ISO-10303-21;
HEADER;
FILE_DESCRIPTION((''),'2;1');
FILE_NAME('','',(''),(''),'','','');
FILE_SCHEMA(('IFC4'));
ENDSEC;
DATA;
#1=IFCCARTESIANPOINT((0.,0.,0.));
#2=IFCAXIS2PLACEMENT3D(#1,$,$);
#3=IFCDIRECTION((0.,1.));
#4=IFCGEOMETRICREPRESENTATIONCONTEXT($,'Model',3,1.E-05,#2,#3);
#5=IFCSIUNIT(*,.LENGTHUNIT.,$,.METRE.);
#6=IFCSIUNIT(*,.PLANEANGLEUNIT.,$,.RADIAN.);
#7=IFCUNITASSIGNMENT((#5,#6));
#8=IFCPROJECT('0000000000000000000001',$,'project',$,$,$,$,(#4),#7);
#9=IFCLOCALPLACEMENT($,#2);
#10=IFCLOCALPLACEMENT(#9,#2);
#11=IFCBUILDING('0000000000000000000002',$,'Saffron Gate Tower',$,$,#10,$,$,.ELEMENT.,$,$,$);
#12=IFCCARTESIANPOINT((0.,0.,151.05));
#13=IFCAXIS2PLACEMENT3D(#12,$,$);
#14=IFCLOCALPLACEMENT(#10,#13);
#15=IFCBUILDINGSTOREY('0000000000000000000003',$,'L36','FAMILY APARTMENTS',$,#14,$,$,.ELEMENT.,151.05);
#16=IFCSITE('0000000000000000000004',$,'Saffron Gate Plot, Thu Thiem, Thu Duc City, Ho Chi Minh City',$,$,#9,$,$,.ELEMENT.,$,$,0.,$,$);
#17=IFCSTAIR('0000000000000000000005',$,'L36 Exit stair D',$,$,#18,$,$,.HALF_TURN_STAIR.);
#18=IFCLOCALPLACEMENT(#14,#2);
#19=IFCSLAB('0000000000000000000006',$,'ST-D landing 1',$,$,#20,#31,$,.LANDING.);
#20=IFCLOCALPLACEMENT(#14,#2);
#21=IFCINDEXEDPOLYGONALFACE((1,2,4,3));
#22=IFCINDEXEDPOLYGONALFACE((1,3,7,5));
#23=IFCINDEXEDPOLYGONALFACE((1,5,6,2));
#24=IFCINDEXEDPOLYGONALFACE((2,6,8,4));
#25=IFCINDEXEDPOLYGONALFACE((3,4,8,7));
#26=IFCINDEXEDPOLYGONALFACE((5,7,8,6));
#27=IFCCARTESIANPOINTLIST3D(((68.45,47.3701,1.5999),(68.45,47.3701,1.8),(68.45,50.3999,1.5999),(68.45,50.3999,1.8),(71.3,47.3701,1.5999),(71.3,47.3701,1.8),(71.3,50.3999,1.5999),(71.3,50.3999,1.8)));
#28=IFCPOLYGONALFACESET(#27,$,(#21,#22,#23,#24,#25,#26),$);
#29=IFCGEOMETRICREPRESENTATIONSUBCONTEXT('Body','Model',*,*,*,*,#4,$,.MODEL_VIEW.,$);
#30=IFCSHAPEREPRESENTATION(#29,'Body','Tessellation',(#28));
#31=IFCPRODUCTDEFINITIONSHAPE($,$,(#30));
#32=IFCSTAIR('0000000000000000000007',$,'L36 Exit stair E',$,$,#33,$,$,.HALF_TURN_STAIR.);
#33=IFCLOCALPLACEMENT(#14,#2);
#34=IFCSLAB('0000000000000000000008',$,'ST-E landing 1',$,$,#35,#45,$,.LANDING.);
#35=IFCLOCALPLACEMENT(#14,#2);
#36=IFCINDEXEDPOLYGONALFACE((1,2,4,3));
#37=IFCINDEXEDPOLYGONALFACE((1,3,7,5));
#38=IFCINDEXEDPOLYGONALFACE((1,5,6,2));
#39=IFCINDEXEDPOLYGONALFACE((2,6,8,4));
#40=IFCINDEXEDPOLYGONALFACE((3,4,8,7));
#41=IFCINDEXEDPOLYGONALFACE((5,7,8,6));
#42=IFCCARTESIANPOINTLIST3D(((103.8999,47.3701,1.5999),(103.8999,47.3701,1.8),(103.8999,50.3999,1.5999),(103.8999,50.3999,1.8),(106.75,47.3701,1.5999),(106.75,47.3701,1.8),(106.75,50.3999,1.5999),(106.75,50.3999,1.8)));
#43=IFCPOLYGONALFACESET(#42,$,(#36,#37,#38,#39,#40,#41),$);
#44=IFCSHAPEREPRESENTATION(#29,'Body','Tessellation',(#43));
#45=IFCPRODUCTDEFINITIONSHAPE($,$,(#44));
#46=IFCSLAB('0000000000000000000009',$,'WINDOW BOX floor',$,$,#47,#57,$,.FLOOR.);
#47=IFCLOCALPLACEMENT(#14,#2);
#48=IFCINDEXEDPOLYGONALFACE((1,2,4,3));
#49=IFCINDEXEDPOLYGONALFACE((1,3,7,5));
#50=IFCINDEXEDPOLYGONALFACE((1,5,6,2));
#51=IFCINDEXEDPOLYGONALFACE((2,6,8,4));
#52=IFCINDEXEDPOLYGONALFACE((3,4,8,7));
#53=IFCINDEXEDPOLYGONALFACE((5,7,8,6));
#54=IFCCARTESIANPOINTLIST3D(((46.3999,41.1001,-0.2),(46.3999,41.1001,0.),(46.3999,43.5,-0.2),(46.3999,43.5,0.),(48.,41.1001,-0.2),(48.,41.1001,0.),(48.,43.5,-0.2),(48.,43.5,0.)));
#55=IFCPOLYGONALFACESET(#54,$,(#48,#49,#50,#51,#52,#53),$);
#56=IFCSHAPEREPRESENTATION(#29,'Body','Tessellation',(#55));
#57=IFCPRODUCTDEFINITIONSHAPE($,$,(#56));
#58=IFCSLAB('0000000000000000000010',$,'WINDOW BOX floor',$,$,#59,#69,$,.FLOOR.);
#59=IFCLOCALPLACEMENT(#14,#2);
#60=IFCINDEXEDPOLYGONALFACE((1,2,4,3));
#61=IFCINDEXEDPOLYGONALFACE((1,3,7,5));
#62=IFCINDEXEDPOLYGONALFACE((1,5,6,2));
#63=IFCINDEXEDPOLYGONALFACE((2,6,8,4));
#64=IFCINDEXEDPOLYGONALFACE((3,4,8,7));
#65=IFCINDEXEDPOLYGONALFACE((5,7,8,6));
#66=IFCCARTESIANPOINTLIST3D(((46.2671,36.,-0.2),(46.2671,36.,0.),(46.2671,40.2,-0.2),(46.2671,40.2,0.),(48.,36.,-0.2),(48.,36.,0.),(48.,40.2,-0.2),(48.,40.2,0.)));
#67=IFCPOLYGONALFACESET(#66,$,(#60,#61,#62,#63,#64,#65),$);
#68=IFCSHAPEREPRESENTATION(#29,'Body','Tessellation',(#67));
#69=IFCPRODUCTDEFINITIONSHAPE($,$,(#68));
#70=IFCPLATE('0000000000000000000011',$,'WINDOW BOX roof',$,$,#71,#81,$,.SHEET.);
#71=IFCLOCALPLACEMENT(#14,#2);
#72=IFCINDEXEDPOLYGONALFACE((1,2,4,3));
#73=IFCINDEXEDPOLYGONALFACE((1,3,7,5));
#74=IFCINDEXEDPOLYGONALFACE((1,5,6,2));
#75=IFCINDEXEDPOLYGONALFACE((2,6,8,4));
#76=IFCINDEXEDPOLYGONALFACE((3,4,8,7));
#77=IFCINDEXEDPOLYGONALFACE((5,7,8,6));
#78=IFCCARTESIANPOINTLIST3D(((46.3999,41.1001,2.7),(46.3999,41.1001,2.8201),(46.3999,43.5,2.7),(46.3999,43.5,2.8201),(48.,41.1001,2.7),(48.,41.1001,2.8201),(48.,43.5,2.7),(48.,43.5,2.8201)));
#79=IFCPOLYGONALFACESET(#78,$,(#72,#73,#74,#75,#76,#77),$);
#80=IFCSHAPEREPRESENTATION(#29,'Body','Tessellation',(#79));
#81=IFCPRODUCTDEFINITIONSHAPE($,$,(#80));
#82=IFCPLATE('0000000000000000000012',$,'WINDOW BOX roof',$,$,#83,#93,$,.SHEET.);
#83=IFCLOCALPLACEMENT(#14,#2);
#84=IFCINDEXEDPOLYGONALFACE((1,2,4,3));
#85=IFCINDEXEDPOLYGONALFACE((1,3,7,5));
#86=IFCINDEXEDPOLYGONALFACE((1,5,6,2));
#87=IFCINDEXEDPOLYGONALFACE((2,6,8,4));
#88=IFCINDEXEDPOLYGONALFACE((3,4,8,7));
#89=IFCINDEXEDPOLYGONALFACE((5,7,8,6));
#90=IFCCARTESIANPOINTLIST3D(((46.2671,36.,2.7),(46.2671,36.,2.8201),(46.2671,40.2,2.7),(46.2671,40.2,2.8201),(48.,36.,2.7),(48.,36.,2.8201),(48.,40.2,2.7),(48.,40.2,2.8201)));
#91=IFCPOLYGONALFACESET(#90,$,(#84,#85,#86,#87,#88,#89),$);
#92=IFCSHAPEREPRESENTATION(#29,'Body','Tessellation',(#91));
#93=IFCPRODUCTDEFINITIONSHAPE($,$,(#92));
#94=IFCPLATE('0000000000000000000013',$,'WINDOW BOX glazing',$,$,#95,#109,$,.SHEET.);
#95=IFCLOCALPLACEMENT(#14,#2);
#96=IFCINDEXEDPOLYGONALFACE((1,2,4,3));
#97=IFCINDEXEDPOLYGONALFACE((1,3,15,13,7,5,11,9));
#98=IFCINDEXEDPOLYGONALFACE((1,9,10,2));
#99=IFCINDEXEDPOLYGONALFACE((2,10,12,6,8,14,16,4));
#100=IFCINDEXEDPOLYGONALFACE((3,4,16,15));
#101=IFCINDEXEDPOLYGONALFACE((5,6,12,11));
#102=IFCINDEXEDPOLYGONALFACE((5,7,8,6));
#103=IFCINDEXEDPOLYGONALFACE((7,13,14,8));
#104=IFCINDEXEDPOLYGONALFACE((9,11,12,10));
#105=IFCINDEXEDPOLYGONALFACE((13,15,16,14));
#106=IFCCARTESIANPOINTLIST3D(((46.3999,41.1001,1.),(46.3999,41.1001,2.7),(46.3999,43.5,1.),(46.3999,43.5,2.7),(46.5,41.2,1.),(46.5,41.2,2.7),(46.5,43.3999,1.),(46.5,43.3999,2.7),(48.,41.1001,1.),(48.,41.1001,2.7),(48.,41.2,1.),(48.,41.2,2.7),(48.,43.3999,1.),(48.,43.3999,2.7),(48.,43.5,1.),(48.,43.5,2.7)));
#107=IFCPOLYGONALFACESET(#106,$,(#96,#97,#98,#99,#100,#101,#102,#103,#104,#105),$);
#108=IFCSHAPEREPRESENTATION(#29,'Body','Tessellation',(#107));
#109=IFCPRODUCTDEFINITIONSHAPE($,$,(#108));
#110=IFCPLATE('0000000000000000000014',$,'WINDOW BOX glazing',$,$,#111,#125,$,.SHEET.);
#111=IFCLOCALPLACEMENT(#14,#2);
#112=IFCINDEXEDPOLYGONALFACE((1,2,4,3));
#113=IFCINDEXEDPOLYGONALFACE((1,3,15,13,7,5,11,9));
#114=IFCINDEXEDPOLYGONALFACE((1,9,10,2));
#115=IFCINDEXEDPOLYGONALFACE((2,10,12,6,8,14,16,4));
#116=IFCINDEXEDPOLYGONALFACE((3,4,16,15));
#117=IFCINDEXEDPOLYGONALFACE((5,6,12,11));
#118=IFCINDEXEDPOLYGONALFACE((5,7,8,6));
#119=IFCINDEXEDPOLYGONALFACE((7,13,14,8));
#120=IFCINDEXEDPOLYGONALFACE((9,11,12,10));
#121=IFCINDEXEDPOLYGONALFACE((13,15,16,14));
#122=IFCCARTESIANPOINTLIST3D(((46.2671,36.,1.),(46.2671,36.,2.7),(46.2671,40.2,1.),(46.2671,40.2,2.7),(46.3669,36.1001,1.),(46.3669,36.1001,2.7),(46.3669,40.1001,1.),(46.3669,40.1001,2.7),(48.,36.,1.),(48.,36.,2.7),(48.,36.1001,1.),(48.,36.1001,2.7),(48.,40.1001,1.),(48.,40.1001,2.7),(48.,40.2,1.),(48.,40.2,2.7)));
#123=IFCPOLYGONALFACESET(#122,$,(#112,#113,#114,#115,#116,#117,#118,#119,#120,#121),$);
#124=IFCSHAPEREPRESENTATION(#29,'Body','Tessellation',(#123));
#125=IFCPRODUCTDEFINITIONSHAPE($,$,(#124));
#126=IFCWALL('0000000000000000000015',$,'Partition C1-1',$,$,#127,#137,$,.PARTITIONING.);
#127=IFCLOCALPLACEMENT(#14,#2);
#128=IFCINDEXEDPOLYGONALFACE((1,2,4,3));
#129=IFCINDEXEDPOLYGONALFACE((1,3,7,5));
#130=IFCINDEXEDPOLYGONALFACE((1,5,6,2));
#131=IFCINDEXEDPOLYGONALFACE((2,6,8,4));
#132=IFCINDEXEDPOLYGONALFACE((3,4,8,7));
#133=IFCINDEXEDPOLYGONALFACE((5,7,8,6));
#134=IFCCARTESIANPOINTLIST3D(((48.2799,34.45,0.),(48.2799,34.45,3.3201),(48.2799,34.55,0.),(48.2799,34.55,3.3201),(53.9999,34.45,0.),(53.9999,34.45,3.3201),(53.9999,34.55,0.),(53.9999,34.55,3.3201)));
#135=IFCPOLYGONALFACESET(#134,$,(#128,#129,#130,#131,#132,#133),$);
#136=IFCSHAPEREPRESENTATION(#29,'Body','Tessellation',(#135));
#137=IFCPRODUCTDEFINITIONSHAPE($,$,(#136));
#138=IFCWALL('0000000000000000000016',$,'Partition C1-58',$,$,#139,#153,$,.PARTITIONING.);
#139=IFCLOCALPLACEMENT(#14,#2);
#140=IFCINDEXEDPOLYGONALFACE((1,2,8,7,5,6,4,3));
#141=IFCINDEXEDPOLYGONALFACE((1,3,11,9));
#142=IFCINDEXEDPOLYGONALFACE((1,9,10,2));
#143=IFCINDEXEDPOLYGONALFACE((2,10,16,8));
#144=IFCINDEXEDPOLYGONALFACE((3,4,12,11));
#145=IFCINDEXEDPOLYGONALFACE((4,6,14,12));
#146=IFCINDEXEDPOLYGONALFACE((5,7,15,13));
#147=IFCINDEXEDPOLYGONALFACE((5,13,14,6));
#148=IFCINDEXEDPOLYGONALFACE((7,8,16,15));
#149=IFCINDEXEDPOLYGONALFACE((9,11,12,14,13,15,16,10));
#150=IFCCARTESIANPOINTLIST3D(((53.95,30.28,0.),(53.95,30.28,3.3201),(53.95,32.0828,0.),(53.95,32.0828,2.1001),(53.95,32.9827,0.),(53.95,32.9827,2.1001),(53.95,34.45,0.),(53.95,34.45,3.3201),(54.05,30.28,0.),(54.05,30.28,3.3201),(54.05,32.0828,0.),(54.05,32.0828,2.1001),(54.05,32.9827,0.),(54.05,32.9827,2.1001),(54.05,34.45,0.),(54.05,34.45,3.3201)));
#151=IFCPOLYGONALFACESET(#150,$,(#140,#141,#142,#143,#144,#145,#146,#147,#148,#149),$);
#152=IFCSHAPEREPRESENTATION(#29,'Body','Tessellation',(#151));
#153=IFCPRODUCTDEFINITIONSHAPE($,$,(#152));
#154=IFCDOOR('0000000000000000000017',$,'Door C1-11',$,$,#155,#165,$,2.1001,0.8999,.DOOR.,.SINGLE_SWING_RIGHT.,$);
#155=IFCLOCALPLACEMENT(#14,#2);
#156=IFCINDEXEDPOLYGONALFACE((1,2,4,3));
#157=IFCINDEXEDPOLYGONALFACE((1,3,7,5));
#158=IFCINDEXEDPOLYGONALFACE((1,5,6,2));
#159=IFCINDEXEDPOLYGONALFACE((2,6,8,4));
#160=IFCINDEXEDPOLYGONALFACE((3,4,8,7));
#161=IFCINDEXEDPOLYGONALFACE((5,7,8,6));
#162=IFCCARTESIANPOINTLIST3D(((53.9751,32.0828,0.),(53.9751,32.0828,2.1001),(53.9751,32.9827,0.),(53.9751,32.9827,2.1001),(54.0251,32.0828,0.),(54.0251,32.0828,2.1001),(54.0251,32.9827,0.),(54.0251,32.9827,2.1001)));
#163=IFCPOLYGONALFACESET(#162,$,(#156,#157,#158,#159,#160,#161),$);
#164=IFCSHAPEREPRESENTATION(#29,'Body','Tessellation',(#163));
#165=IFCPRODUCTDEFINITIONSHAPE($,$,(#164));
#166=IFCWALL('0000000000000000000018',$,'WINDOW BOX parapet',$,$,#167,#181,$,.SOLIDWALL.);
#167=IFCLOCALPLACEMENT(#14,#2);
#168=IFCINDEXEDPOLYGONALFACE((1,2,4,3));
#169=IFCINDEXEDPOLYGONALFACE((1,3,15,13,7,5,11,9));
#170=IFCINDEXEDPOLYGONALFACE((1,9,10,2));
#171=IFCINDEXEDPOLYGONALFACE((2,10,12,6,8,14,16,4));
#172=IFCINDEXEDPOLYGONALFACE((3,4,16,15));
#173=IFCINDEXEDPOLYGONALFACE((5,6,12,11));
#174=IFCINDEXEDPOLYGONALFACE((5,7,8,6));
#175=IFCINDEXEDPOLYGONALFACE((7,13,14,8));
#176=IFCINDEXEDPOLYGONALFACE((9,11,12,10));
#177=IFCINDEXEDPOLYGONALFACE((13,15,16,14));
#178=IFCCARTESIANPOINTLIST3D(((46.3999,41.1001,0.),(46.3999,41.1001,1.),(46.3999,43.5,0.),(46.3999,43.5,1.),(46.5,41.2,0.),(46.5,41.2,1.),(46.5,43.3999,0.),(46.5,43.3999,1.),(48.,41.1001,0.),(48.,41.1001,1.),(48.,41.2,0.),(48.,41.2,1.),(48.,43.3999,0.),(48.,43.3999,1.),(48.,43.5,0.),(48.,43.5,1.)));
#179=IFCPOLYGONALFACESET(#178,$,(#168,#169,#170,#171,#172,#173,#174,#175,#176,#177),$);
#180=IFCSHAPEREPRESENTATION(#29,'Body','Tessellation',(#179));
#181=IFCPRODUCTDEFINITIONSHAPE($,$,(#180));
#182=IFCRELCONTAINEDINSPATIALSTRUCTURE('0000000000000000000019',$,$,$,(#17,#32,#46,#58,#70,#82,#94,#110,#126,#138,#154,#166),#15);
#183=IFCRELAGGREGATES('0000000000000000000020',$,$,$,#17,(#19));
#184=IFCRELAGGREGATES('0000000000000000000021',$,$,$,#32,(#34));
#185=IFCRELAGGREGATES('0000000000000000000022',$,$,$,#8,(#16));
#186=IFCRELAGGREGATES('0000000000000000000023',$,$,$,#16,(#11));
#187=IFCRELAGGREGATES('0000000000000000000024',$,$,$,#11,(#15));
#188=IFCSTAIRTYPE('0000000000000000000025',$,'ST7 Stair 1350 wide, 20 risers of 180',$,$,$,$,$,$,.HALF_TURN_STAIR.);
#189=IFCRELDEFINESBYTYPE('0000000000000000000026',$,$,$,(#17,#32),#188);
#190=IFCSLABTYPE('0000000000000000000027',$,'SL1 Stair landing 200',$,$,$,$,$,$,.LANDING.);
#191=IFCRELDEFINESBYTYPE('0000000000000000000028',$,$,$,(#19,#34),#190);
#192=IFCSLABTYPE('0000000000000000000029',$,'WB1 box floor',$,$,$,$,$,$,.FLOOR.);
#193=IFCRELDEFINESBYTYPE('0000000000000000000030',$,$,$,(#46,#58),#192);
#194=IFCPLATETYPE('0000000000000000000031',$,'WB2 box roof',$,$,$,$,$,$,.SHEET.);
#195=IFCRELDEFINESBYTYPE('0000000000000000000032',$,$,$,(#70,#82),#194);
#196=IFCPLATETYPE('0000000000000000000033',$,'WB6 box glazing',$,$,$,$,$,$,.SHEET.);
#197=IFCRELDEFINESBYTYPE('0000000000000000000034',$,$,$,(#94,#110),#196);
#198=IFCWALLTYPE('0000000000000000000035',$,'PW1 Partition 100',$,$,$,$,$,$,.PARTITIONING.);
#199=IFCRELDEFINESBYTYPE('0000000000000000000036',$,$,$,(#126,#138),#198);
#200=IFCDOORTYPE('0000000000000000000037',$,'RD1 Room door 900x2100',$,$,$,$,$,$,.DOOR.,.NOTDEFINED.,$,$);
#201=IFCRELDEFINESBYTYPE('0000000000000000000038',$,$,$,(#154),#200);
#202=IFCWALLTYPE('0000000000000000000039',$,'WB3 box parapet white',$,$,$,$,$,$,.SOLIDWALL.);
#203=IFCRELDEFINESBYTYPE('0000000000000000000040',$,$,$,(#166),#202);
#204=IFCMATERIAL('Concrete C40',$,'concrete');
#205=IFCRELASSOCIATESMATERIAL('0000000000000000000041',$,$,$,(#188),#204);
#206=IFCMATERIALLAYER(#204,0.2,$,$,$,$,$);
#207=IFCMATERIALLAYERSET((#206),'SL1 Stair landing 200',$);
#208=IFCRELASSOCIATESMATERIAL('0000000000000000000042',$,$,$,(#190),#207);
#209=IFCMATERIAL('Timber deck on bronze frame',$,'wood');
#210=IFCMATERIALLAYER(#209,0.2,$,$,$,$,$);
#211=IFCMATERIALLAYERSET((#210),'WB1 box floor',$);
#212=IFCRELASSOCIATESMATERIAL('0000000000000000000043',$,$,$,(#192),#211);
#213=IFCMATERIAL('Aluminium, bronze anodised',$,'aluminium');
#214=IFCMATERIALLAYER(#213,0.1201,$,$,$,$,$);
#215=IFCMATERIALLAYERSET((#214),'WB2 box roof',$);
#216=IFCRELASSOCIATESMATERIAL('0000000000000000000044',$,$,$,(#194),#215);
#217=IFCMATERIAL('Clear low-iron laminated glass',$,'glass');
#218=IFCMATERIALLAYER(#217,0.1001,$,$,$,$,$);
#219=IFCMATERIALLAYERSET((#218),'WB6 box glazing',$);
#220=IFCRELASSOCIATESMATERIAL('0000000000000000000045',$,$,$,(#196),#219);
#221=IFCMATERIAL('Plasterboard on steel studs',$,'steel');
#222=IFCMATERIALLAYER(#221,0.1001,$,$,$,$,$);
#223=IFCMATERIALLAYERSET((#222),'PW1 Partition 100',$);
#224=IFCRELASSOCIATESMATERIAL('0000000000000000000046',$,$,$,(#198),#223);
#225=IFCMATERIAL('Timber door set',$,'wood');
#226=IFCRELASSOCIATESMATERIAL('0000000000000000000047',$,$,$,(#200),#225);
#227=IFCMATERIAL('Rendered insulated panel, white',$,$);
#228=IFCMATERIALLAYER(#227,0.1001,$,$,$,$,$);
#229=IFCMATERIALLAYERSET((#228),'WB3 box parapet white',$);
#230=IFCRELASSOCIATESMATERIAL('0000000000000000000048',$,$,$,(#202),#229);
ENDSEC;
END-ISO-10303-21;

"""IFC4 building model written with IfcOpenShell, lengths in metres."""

from ifc_helpers import new_model, si_unit, direction, frame, frame_2d, origin, place, context, subcontext, project, spatial, polyline, rectangle, outline, extrude, material, layer, layer_set, type_object, element, fill, aggregate, save


model = new_model("IFC4")

# Units and contexts
model_context = context("Model", 3, precision=1e-05, world=origin(), true_north=direction((0.0, 1.0)))
body_context = subcontext(model_context, "Body", "Model", "MODEL_VIEW")
ifc_project = project(units=[si_unit("LENGTHUNIT", "METRE"), si_unit("PLANEANGLEUNIT", "RADIAN")], contexts=[model_context])

# Site, building, storey
site_placement = place(None, origin())
site = spatial("IfcSite", under=ifc_project, at=site_placement, Name="Saffron Gate Plot, Thu Thiem, Thu Duc City, Ho Chi Minh City", CompositionType="ELEMENT", RefElevation=0.0)
building_placement = place(site_placement, origin())
building = spatial("IfcBuilding", under=site, at=building_placement, Name="Saffron Gate Tower", CompositionType="ELEMENT")
storey_placement = place(building_placement, frame((0.0, 0.0, 151.05)))
storey = spatial("IfcBuildingStorey", under=building, at=storey_placement, Name="L36", Description="FAMILY APARTMENTS", CompositionType="ELEMENT", Elevation=151.05)

# Shared definitions
ifc_material_1 = material(Name="Aluminium, bronze anodised", Category="aluminium")

# Stairs, slabs
ifc_material_2 = material(Name="Concrete C40", Category="concrete")
stair_type = type_object("IfcStairType", Name="ST7 Stair 1350 wide, 20 risers of 180", PredefinedType="HALF_TURN_STAIR", material=ifc_material_2)
ifc_layer_1 = layer(ifc_material_2, 0.2)
ifc_layer_set_1 = layer_set([ifc_layer_1], Name="SL1 Stair landing 200")
slab_type_1 = type_object("IfcSlabType", Name="SL1 Stair landing 200", PredefinedType="LANDING", material=ifc_layer_set_1)
stair_1_placement = place(storey_placement, origin())
stair_1 = element("IfcStair", 1, at=stair_1_placement, inside=storey, type_object=stair_type, Name="L36 Exit stair D", PredefinedType="HALF_TURN_STAIR")
slab_1_placement = place(storey_placement, frame((0.0, 0.0, 1.5999)))
slab_1 = element("IfcSlab", 2, at=slab_1_placement, type_object=slab_type_1, Name="ST-D landing 1", PredefinedType="LANDING", context=body_context, shape_type="SweptSolid", body=[
    extrude(outline(polyline([(71.3, 47.3701), (71.3, 50.3999), (68.45, 50.3999), (68.45, 47.3701), (71.3, 47.3701)])), origin(), (0.0, 0.0, 1.0), 0.2002),
])
aggregate(stair_1, [slab_1])
stair_2_placement = place(storey_placement, origin())
stair_2 = element("IfcStair", 3, at=stair_2_placement, inside=storey, type_object=stair_type, Name="L36 Exit stair E", PredefinedType="HALF_TURN_STAIR")
slab_2_placement = place(storey_placement, frame((0.0, 0.0, 1.5999)))
slab_2 = element("IfcSlab", 4, at=slab_2_placement, type_object=slab_type_1, Name="ST-E landing 1", PredefinedType="LANDING", context=body_context, shape_type="SweptSolid", body=[
    extrude(outline(polyline([(106.75, 47.3701), (106.75, 50.3999), (103.8999, 50.3999), (103.8999, 47.3701), (106.75, 47.3701)])), origin(), (0.0, 0.0, 1.0), 0.2002),
])
aggregate(stair_2, [slab_2])

# Slabs
ifc_material_3 = material(Name="Timber deck on bronze frame", Category="wood")
ifc_layer_2 = layer(ifc_material_3, 0.2)
ifc_layer_set_2 = layer_set([ifc_layer_2], Name="WB1 box floor")
slab_type_2 = type_object("IfcSlabType", Name="WB1 box floor", PredefinedType="FLOOR", material=ifc_layer_set_2)
slab_3_placement = place(storey_placement, frame((0.0, 0.0, -0.2)))
element("IfcSlab", 5, at=slab_3_placement, inside=storey, type_object=slab_type_2, Name="WINDOW BOX floor", PredefinedType="FLOOR", context=body_context, shape_type="SweptSolid", body=[
    extrude(outline(polyline([(48.0, 43.5), (48.0, 41.1001), (46.3999, 41.1001), (46.3999, 43.5), (48.0, 43.5)])), origin(), (0.0, 0.0, 1.0), 0.2),
])
slab_4_placement = place(storey_placement, frame((0.0, 0.0, -0.2)))
element("IfcSlab", 6, at=slab_4_placement, inside=storey, type_object=slab_type_2, Name="WINDOW BOX floor", PredefinedType="FLOOR", context=body_context, shape_type="SweptSolid", body=[
    extrude(outline(polyline([(48.0, 40.2), (48.0, 36.0), (46.2671, 36.0), (46.2671, 40.2), (48.0, 40.2)])), origin(), (0.0, 0.0, 1.0), 0.2),
])

# Plates
ifc_layer_3 = layer(ifc_material_1, 0.1201)
ifc_layer_set_3 = layer_set([ifc_layer_3], Name="WB2 box roof")
plate_type_1 = type_object("IfcPlateType", Name="WB2 box roof", PredefinedType="SHEET", material=ifc_layer_set_3)
plate_1_placement = place(storey_placement, frame((0.0, 0.0, 2.7)))
element("IfcPlate", 7, at=plate_1_placement, inside=storey, type_object=plate_type_1, Name="WINDOW BOX roof", PredefinedType="SHEET", context=body_context, shape_type="SweptSolid", body=[
    extrude(outline(polyline([(48.0, 43.5), (48.0, 41.1001), (46.3999, 41.1001), (46.3999, 43.5), (48.0, 43.5)])), origin(), (0.0, 0.0, 1.0), 0.1201),
])
plate_2_placement = place(storey_placement, frame((0.0, 0.0, 2.7)))
element("IfcPlate", 8, at=plate_2_placement, inside=storey, type_object=plate_type_1, Name="WINDOW BOX roof", PredefinedType="SHEET", context=body_context, shape_type="SweptSolid", body=[
    extrude(outline(polyline([(48.0, 40.2), (48.0, 36.0), (46.2671, 36.0), (46.2671, 40.2), (48.0, 40.2)])), origin(), (0.0, 0.0, 1.0), 0.1201),
])
ifc_material_4 = material(Name="Clear low-iron laminated glass", Category="glass")
ifc_layer_4 = layer(ifc_material_4, 0.1001)
ifc_layer_set_4 = layer_set([ifc_layer_4], Name="WB6 box glazing")
plate_type_2 = type_object("IfcPlateType", Name="WB6 box glazing", PredefinedType="SHEET", material=ifc_layer_set_4)
plate_3_placement = place(storey_placement, frame((0.0, 0.0, 1.0)))
element("IfcPlate", 9, at=plate_3_placement, inside=storey, type_object=plate_type_2, Name="WINDOW BOX glazing", PredefinedType="SHEET", context=body_context, shape_type="SweptSolid", body=[
    extrude(outline(polyline([(48.0, 43.5), (48.0, 43.3999), (46.5, 43.3999), (46.5, 41.2), (48.0, 41.2), (48.0, 41.1001), (46.3999, 41.1001), (46.3999, 43.5), (48.0, 43.5)])), origin(), (0.0, 0.0, 1.0), 1.7),
])
plate_4_placement = place(storey_placement, frame((0.0, 0.0, 1.0)))
element("IfcPlate", 10, at=plate_4_placement, inside=storey, type_object=plate_type_2, Name="WINDOW BOX glazing", PredefinedType="SHEET", context=body_context, shape_type="SweptSolid", body=[
    extrude(outline(polyline([(48.0, 40.2), (48.0, 40.1001), (46.3669, 40.1001), (46.3669, 36.1001), (48.0, 36.1001), (48.0, 36.0), (46.2671, 36.0), (46.2671, 40.2), (48.0, 40.2)])), origin(), (0.0, 0.0, 1.0), 1.7),
])

# Wall
ifc_material_5 = material(Name="Plasterboard on steel studs", Category="steel")
ifc_layer_5 = layer(ifc_material_5, 0.1001)
ifc_layer_set_5 = layer_set([ifc_layer_5], Name="PW1 Partition 100")
wall_type_1 = type_object("IfcWallType", Name="PW1 Partition 100", PredefinedType="PARTITIONING", material=ifc_layer_set_5)
wall_1_placement = place(storey_placement, frame((48.28, 34.5, 0.0), z_axis=(0.0, 0.0, 1.0), x_axis=(1.0, 0.0, 0.0)))
element("IfcWall", 11, at=wall_1_placement, inside=storey, type_object=wall_type_1, Name="Partition C1-1", PredefinedType="PARTITIONING", context=body_context, shape_type="SweptSolid", body=[
    extrude(rectangle(XDim=5.72, YDim=0.1001, at=frame_2d((2.8599, 0.0))), origin(), (0.0, 0.0, 1.0), 3.3201),
])

# Wall, opening, door
wall_2_placement = place(storey_placement, frame((54.0, 30.28, 0.0), z_axis=(0.0, 0.0, 1.0), x_axis=(0.0, 1.0, 0.0)))
wall_2 = element("IfcWall", 12, at=wall_2_placement, inside=storey, type_object=wall_type_1, Name="Partition C1-58", PredefinedType="PARTITIONING", context=body_context, shape_type="SweptSolid", body=[
    extrude(rectangle(XDim=4.1699, YDim=0.1001, at=frame_2d((2.085, 0.0))), origin(), (0.0, 0.0, 1.0), 3.3201),
])
opening_1_placement = place(wall_2_placement, frame((1.8027, 0.0, 0.0)))
opening_1 = element("IfcOpeningElement", 13, at=opening_1_placement, cuts=wall_2, PredefinedType="OPENING", context=body_context, shape_type="SweptSolid", body=[
    extrude(rectangle(XDim=0.8999, YDim=2.1001, at=frame_2d((0.45, 1.05))), frame((0.0, 0.0601, 0.0), z_axis=(0.0, -1.0, 0.0), x_axis=(1.0, 0.0, 0.0)), (0.0, 0.0, 1.0), 0.1201),
])
ifc_material_6 = material(Name="Timber door set", Category="wood")
door_type = type_object("IfcDoorType", Name="RD1 Room door 900x2100", OperationType="NOTDEFINED", PredefinedType="DOOR", material=ifc_material_6)
door_placement = place(opening_1_placement, origin())
door = element("IfcDoor", 14, at=door_placement, inside=storey, type_object=door_type, Name="Door C1-11", OperationType="SINGLE_SWING_RIGHT", OverallHeight=2.1001, OverallWidth=0.8999, PredefinedType="DOOR", context=body_context, shape_type="SweptSolid", body=[
    extrude(rectangle(XDim=0.8999, YDim=2.1001, at=frame_2d((0.45, 1.05))), frame((0.0, 0.0249, 0.0), z_axis=(0.0, -1.0, 0.0), x_axis=(1.0, 0.0, 0.0)), (0.0, 0.0, 1.0), 0.05),
])
fill(opening_1, door)

# Wall
ifc_material_7 = material(Name="Rendered insulated panel, white")
ifc_layer_6 = layer(ifc_material_7, 0.1001)
ifc_layer_set_6 = layer_set([ifc_layer_6], Name="WB3 box parapet white")
wall_type_2 = type_object("IfcWallType", Name="WB3 box parapet white", PredefinedType="SOLIDWALL", material=ifc_layer_set_6)
wall_3_placement = place(storey_placement, origin())
element("IfcWall", 15, at=wall_3_placement, inside=storey, type_object=wall_type_2, Name="WINDOW BOX parapet", PredefinedType="SOLIDWALL", context=body_context, shape_type="SweptSolid", body=[
    extrude(outline(polyline([(48.0, 43.5), (48.0, 43.3999), (46.5, 43.3999), (46.5, 41.2), (48.0, 41.2), (48.0, 41.1001), (46.3999, 41.1001), (46.3999, 43.5), (48.0, 43.5)])), origin(), (0.0, 0.0, 1.0), 1.0),
])

save(model, "model.ifc")
